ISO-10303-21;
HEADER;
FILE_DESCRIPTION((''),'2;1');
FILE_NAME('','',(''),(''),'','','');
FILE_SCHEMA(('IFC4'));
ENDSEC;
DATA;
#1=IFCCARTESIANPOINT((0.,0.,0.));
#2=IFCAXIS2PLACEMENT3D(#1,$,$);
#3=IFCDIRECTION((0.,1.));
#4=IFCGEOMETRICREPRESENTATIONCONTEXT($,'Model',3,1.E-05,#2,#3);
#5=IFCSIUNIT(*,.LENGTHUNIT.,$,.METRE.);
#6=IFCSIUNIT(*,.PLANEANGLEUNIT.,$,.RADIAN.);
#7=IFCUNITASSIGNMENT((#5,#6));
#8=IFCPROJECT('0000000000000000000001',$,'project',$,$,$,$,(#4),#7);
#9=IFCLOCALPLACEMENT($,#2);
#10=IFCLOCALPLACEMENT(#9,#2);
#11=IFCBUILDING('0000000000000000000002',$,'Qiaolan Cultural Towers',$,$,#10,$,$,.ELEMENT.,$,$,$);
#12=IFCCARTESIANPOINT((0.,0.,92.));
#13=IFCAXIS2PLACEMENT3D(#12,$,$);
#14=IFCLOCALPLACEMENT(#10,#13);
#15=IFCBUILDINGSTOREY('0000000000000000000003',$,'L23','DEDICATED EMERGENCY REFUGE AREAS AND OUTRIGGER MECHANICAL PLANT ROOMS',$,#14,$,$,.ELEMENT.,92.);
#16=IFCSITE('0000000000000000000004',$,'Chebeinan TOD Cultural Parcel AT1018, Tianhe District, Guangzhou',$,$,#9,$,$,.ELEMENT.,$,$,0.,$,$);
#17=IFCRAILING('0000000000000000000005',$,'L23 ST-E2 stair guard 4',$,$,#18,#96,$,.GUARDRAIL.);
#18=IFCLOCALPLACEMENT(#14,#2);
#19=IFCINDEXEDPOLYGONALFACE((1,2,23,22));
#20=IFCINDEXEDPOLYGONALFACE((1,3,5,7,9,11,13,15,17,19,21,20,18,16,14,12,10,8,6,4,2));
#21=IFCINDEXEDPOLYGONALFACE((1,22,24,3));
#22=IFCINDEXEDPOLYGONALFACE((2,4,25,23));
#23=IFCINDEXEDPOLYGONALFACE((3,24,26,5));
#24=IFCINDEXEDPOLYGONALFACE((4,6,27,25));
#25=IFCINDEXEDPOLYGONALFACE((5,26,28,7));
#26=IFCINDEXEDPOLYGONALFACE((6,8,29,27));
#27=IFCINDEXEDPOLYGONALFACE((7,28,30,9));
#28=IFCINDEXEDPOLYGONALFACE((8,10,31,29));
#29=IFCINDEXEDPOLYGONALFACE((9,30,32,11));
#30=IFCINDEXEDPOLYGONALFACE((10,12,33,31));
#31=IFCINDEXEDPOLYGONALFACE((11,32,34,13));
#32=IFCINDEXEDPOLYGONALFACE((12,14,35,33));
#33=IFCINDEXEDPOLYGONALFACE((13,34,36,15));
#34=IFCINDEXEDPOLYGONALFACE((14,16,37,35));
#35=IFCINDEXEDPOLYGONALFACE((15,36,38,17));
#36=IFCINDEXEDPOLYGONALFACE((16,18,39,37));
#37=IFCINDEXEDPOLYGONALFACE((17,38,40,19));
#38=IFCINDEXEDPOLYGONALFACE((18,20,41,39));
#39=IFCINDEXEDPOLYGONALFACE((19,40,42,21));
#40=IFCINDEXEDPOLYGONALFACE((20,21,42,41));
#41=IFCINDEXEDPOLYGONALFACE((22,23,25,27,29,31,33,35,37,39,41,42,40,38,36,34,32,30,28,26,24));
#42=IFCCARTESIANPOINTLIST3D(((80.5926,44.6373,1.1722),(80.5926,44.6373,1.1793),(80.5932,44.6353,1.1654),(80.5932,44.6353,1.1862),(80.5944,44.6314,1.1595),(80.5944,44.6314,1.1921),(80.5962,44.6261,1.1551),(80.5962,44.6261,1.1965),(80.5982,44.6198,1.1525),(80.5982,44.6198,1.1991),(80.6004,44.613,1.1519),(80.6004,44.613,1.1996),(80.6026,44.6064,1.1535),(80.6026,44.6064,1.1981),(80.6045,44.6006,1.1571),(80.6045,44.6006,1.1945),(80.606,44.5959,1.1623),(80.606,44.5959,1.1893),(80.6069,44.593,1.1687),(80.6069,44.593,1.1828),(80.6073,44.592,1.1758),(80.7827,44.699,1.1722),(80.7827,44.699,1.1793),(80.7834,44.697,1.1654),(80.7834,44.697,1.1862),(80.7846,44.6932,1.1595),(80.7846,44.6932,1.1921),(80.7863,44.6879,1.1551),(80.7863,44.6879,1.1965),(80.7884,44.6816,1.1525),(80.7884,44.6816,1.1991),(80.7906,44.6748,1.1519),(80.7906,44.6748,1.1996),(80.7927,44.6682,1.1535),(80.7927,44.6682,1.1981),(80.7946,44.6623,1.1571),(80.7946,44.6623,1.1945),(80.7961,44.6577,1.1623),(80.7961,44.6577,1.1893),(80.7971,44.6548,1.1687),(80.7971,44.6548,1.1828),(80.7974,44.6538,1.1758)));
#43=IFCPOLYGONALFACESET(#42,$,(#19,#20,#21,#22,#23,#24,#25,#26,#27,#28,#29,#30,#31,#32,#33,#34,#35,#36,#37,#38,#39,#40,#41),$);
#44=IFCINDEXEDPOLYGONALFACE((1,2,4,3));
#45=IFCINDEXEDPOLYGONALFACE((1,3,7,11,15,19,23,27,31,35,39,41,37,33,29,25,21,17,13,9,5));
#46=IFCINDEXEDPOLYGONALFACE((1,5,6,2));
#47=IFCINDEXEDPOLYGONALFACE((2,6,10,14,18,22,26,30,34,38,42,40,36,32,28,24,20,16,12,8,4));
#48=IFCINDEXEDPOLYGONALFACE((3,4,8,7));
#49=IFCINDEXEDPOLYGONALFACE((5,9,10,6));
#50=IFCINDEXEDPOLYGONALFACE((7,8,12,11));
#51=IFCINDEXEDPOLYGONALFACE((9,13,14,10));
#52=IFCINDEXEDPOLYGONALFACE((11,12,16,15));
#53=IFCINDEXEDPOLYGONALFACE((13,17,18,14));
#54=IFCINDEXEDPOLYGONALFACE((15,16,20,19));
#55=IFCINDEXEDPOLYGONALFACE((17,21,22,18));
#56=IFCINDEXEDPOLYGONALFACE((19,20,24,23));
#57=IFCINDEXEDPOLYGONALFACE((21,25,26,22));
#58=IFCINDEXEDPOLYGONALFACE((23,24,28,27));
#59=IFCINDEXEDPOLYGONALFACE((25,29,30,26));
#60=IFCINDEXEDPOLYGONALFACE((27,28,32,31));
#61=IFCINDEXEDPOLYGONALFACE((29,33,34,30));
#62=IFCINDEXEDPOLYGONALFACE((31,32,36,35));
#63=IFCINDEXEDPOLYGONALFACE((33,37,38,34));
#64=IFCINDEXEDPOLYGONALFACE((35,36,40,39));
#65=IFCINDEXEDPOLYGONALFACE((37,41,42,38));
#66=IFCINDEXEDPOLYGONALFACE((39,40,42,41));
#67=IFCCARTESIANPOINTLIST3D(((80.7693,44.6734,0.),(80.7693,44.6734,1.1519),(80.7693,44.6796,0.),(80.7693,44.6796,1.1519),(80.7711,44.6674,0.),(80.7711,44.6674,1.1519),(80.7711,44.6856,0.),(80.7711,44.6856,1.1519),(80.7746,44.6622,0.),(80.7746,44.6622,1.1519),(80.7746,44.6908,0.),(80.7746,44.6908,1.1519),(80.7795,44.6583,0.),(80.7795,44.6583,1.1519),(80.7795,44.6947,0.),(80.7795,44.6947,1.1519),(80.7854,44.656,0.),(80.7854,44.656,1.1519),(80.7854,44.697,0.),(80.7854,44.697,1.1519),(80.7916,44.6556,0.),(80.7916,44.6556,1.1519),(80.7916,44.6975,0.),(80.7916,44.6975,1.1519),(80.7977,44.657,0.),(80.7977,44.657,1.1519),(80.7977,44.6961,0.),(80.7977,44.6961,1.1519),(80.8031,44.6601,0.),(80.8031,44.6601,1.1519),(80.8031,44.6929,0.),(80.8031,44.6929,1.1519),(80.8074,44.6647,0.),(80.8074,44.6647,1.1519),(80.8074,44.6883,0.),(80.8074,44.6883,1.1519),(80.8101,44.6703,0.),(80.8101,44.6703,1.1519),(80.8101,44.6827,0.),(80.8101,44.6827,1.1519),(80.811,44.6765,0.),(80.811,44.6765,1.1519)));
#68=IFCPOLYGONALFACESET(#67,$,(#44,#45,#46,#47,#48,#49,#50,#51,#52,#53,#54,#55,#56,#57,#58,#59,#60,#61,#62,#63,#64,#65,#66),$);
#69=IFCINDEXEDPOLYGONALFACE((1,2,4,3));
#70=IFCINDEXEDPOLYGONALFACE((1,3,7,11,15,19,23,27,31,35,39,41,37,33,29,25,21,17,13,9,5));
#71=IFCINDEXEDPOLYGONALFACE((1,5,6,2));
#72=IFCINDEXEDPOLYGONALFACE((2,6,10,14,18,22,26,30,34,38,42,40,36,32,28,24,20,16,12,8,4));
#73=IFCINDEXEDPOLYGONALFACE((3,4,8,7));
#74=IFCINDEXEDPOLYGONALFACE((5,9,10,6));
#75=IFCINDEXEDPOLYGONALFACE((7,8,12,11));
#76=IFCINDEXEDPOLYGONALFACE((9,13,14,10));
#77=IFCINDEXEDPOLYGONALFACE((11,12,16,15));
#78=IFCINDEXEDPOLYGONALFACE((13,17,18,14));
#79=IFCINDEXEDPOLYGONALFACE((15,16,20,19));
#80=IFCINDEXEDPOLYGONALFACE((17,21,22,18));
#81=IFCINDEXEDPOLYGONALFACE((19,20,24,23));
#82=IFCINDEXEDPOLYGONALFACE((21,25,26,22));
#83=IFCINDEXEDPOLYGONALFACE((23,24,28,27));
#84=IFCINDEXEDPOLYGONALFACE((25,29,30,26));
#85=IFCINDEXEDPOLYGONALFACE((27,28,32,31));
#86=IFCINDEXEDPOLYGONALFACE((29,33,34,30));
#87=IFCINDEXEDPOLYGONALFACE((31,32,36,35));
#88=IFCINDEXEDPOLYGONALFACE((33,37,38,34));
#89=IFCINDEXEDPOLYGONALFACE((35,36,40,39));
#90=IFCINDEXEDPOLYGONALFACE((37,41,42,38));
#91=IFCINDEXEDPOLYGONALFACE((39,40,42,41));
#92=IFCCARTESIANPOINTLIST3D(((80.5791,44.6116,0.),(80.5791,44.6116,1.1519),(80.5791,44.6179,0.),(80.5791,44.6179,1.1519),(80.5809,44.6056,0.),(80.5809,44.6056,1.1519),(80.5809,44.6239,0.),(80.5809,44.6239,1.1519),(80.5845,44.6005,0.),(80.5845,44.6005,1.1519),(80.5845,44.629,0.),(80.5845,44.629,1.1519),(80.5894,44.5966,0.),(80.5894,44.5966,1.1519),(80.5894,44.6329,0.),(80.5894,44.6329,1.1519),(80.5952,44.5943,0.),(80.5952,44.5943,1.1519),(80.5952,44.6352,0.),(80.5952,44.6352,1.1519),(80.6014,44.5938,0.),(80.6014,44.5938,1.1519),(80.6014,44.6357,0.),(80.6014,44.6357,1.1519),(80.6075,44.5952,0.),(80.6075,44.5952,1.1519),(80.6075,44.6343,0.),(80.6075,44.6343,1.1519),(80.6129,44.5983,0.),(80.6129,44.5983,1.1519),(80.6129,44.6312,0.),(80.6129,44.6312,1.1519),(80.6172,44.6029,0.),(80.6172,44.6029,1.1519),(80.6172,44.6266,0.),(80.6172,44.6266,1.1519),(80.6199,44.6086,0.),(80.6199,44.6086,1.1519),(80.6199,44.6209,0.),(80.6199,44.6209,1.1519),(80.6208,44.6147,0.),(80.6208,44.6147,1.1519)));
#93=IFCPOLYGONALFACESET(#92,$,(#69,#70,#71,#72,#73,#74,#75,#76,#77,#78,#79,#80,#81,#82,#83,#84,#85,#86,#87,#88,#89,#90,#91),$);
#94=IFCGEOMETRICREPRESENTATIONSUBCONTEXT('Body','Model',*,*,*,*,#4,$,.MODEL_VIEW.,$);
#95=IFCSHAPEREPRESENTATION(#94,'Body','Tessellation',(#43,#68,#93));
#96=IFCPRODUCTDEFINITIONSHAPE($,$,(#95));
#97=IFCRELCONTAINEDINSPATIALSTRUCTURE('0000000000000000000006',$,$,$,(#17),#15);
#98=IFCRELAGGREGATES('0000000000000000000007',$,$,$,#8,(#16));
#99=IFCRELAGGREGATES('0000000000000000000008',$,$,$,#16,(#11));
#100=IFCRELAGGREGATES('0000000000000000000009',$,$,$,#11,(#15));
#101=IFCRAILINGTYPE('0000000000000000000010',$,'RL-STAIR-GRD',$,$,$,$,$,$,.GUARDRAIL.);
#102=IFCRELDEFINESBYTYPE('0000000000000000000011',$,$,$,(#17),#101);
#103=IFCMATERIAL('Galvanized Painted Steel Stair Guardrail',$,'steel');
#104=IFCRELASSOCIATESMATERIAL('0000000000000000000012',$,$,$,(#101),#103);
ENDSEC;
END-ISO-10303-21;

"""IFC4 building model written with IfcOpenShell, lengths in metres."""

from ifc_helpers import new_model, si_unit, direction, frame, origin, origin_2d, place, context, subcontext, project, spatial, circle, extrude, material, type_object, element, save


model = new_model("IFC4")

# Units and contexts
model_context = context("Model", 3, precision=1e-05, world=origin(), true_north=direction((0.0, 1.0)))
body_context = subcontext(model_context, "Body", "Model", "MODEL_VIEW")
ifc_project = project(units=[si_unit("LENGTHUNIT", "METRE"), si_unit("PLANEANGLEUNIT", "RADIAN")], contexts=[model_context])

# Site, building, storey
site_placement = place(None, origin())
site = spatial("IfcSite", under=ifc_project, at=site_placement, Name="Chebeinan TOD Cultural Parcel AT1018, Tianhe District, Guangzhou", CompositionType="ELEMENT", RefElevation=0.0)
building_placement = place(site_placement, origin())
building = spatial("IfcBuilding", under=site, at=building_placement, Name="Qiaolan Cultural Towers", CompositionType="ELEMENT")
storey_placement = place(building_placement, frame((0.0, 0.0, 92.0)))
storey = spatial("IfcBuildingStorey", under=building, at=storey_placement, Name="L23", Description="DEDICATED EMERGENCY REFUGE AREAS AND OUTRIGGER MECHANICAL PLANT ROOMS", CompositionType="ELEMENT", Elevation=92.0)

# Railing
ifc_material_1 = material(Name="Galvanized Painted Steel Stair Guardrail", Category="steel")
railing_type_1 = type_object("IfcRailingType", Name="RL-STAIR-GRD", PredefinedType="GUARDRAIL", material=ifc_material_1)
railing_1_placement = place(storey_placement, frame((80.79, 44.6765, 0.0)))
element("IfcRailing", 1, at=railing_1_placement, inside=storey, type_object=railing_type_1, Name="L23 ST-E2 stair guard 4", PredefinedType="GUARDRAIL", context=body_context, shape_type="SweptSolid", body=[
    extrude(circle(Radius=0.0239, at=origin_2d()), frame((0.0, 0.0, 1.1758), z_axis=(-0.951097, -0.308893, 0.0), x_axis=(0.308893, -0.951097, 0.0)), (0.0, 0.0, 1.0), 0.2),
    extrude(circle(Radius=0.021, at=origin_2d()), origin(), (0.0, 0.0, 1.0), 1.1519),
    extrude(circle(Radius=0.021, at=origin_2d()), frame((-0.1902, -0.0618, 0.0)), (0.0, 0.0, 1.0), 1.1519),
])

save(model, "model.ifc")
